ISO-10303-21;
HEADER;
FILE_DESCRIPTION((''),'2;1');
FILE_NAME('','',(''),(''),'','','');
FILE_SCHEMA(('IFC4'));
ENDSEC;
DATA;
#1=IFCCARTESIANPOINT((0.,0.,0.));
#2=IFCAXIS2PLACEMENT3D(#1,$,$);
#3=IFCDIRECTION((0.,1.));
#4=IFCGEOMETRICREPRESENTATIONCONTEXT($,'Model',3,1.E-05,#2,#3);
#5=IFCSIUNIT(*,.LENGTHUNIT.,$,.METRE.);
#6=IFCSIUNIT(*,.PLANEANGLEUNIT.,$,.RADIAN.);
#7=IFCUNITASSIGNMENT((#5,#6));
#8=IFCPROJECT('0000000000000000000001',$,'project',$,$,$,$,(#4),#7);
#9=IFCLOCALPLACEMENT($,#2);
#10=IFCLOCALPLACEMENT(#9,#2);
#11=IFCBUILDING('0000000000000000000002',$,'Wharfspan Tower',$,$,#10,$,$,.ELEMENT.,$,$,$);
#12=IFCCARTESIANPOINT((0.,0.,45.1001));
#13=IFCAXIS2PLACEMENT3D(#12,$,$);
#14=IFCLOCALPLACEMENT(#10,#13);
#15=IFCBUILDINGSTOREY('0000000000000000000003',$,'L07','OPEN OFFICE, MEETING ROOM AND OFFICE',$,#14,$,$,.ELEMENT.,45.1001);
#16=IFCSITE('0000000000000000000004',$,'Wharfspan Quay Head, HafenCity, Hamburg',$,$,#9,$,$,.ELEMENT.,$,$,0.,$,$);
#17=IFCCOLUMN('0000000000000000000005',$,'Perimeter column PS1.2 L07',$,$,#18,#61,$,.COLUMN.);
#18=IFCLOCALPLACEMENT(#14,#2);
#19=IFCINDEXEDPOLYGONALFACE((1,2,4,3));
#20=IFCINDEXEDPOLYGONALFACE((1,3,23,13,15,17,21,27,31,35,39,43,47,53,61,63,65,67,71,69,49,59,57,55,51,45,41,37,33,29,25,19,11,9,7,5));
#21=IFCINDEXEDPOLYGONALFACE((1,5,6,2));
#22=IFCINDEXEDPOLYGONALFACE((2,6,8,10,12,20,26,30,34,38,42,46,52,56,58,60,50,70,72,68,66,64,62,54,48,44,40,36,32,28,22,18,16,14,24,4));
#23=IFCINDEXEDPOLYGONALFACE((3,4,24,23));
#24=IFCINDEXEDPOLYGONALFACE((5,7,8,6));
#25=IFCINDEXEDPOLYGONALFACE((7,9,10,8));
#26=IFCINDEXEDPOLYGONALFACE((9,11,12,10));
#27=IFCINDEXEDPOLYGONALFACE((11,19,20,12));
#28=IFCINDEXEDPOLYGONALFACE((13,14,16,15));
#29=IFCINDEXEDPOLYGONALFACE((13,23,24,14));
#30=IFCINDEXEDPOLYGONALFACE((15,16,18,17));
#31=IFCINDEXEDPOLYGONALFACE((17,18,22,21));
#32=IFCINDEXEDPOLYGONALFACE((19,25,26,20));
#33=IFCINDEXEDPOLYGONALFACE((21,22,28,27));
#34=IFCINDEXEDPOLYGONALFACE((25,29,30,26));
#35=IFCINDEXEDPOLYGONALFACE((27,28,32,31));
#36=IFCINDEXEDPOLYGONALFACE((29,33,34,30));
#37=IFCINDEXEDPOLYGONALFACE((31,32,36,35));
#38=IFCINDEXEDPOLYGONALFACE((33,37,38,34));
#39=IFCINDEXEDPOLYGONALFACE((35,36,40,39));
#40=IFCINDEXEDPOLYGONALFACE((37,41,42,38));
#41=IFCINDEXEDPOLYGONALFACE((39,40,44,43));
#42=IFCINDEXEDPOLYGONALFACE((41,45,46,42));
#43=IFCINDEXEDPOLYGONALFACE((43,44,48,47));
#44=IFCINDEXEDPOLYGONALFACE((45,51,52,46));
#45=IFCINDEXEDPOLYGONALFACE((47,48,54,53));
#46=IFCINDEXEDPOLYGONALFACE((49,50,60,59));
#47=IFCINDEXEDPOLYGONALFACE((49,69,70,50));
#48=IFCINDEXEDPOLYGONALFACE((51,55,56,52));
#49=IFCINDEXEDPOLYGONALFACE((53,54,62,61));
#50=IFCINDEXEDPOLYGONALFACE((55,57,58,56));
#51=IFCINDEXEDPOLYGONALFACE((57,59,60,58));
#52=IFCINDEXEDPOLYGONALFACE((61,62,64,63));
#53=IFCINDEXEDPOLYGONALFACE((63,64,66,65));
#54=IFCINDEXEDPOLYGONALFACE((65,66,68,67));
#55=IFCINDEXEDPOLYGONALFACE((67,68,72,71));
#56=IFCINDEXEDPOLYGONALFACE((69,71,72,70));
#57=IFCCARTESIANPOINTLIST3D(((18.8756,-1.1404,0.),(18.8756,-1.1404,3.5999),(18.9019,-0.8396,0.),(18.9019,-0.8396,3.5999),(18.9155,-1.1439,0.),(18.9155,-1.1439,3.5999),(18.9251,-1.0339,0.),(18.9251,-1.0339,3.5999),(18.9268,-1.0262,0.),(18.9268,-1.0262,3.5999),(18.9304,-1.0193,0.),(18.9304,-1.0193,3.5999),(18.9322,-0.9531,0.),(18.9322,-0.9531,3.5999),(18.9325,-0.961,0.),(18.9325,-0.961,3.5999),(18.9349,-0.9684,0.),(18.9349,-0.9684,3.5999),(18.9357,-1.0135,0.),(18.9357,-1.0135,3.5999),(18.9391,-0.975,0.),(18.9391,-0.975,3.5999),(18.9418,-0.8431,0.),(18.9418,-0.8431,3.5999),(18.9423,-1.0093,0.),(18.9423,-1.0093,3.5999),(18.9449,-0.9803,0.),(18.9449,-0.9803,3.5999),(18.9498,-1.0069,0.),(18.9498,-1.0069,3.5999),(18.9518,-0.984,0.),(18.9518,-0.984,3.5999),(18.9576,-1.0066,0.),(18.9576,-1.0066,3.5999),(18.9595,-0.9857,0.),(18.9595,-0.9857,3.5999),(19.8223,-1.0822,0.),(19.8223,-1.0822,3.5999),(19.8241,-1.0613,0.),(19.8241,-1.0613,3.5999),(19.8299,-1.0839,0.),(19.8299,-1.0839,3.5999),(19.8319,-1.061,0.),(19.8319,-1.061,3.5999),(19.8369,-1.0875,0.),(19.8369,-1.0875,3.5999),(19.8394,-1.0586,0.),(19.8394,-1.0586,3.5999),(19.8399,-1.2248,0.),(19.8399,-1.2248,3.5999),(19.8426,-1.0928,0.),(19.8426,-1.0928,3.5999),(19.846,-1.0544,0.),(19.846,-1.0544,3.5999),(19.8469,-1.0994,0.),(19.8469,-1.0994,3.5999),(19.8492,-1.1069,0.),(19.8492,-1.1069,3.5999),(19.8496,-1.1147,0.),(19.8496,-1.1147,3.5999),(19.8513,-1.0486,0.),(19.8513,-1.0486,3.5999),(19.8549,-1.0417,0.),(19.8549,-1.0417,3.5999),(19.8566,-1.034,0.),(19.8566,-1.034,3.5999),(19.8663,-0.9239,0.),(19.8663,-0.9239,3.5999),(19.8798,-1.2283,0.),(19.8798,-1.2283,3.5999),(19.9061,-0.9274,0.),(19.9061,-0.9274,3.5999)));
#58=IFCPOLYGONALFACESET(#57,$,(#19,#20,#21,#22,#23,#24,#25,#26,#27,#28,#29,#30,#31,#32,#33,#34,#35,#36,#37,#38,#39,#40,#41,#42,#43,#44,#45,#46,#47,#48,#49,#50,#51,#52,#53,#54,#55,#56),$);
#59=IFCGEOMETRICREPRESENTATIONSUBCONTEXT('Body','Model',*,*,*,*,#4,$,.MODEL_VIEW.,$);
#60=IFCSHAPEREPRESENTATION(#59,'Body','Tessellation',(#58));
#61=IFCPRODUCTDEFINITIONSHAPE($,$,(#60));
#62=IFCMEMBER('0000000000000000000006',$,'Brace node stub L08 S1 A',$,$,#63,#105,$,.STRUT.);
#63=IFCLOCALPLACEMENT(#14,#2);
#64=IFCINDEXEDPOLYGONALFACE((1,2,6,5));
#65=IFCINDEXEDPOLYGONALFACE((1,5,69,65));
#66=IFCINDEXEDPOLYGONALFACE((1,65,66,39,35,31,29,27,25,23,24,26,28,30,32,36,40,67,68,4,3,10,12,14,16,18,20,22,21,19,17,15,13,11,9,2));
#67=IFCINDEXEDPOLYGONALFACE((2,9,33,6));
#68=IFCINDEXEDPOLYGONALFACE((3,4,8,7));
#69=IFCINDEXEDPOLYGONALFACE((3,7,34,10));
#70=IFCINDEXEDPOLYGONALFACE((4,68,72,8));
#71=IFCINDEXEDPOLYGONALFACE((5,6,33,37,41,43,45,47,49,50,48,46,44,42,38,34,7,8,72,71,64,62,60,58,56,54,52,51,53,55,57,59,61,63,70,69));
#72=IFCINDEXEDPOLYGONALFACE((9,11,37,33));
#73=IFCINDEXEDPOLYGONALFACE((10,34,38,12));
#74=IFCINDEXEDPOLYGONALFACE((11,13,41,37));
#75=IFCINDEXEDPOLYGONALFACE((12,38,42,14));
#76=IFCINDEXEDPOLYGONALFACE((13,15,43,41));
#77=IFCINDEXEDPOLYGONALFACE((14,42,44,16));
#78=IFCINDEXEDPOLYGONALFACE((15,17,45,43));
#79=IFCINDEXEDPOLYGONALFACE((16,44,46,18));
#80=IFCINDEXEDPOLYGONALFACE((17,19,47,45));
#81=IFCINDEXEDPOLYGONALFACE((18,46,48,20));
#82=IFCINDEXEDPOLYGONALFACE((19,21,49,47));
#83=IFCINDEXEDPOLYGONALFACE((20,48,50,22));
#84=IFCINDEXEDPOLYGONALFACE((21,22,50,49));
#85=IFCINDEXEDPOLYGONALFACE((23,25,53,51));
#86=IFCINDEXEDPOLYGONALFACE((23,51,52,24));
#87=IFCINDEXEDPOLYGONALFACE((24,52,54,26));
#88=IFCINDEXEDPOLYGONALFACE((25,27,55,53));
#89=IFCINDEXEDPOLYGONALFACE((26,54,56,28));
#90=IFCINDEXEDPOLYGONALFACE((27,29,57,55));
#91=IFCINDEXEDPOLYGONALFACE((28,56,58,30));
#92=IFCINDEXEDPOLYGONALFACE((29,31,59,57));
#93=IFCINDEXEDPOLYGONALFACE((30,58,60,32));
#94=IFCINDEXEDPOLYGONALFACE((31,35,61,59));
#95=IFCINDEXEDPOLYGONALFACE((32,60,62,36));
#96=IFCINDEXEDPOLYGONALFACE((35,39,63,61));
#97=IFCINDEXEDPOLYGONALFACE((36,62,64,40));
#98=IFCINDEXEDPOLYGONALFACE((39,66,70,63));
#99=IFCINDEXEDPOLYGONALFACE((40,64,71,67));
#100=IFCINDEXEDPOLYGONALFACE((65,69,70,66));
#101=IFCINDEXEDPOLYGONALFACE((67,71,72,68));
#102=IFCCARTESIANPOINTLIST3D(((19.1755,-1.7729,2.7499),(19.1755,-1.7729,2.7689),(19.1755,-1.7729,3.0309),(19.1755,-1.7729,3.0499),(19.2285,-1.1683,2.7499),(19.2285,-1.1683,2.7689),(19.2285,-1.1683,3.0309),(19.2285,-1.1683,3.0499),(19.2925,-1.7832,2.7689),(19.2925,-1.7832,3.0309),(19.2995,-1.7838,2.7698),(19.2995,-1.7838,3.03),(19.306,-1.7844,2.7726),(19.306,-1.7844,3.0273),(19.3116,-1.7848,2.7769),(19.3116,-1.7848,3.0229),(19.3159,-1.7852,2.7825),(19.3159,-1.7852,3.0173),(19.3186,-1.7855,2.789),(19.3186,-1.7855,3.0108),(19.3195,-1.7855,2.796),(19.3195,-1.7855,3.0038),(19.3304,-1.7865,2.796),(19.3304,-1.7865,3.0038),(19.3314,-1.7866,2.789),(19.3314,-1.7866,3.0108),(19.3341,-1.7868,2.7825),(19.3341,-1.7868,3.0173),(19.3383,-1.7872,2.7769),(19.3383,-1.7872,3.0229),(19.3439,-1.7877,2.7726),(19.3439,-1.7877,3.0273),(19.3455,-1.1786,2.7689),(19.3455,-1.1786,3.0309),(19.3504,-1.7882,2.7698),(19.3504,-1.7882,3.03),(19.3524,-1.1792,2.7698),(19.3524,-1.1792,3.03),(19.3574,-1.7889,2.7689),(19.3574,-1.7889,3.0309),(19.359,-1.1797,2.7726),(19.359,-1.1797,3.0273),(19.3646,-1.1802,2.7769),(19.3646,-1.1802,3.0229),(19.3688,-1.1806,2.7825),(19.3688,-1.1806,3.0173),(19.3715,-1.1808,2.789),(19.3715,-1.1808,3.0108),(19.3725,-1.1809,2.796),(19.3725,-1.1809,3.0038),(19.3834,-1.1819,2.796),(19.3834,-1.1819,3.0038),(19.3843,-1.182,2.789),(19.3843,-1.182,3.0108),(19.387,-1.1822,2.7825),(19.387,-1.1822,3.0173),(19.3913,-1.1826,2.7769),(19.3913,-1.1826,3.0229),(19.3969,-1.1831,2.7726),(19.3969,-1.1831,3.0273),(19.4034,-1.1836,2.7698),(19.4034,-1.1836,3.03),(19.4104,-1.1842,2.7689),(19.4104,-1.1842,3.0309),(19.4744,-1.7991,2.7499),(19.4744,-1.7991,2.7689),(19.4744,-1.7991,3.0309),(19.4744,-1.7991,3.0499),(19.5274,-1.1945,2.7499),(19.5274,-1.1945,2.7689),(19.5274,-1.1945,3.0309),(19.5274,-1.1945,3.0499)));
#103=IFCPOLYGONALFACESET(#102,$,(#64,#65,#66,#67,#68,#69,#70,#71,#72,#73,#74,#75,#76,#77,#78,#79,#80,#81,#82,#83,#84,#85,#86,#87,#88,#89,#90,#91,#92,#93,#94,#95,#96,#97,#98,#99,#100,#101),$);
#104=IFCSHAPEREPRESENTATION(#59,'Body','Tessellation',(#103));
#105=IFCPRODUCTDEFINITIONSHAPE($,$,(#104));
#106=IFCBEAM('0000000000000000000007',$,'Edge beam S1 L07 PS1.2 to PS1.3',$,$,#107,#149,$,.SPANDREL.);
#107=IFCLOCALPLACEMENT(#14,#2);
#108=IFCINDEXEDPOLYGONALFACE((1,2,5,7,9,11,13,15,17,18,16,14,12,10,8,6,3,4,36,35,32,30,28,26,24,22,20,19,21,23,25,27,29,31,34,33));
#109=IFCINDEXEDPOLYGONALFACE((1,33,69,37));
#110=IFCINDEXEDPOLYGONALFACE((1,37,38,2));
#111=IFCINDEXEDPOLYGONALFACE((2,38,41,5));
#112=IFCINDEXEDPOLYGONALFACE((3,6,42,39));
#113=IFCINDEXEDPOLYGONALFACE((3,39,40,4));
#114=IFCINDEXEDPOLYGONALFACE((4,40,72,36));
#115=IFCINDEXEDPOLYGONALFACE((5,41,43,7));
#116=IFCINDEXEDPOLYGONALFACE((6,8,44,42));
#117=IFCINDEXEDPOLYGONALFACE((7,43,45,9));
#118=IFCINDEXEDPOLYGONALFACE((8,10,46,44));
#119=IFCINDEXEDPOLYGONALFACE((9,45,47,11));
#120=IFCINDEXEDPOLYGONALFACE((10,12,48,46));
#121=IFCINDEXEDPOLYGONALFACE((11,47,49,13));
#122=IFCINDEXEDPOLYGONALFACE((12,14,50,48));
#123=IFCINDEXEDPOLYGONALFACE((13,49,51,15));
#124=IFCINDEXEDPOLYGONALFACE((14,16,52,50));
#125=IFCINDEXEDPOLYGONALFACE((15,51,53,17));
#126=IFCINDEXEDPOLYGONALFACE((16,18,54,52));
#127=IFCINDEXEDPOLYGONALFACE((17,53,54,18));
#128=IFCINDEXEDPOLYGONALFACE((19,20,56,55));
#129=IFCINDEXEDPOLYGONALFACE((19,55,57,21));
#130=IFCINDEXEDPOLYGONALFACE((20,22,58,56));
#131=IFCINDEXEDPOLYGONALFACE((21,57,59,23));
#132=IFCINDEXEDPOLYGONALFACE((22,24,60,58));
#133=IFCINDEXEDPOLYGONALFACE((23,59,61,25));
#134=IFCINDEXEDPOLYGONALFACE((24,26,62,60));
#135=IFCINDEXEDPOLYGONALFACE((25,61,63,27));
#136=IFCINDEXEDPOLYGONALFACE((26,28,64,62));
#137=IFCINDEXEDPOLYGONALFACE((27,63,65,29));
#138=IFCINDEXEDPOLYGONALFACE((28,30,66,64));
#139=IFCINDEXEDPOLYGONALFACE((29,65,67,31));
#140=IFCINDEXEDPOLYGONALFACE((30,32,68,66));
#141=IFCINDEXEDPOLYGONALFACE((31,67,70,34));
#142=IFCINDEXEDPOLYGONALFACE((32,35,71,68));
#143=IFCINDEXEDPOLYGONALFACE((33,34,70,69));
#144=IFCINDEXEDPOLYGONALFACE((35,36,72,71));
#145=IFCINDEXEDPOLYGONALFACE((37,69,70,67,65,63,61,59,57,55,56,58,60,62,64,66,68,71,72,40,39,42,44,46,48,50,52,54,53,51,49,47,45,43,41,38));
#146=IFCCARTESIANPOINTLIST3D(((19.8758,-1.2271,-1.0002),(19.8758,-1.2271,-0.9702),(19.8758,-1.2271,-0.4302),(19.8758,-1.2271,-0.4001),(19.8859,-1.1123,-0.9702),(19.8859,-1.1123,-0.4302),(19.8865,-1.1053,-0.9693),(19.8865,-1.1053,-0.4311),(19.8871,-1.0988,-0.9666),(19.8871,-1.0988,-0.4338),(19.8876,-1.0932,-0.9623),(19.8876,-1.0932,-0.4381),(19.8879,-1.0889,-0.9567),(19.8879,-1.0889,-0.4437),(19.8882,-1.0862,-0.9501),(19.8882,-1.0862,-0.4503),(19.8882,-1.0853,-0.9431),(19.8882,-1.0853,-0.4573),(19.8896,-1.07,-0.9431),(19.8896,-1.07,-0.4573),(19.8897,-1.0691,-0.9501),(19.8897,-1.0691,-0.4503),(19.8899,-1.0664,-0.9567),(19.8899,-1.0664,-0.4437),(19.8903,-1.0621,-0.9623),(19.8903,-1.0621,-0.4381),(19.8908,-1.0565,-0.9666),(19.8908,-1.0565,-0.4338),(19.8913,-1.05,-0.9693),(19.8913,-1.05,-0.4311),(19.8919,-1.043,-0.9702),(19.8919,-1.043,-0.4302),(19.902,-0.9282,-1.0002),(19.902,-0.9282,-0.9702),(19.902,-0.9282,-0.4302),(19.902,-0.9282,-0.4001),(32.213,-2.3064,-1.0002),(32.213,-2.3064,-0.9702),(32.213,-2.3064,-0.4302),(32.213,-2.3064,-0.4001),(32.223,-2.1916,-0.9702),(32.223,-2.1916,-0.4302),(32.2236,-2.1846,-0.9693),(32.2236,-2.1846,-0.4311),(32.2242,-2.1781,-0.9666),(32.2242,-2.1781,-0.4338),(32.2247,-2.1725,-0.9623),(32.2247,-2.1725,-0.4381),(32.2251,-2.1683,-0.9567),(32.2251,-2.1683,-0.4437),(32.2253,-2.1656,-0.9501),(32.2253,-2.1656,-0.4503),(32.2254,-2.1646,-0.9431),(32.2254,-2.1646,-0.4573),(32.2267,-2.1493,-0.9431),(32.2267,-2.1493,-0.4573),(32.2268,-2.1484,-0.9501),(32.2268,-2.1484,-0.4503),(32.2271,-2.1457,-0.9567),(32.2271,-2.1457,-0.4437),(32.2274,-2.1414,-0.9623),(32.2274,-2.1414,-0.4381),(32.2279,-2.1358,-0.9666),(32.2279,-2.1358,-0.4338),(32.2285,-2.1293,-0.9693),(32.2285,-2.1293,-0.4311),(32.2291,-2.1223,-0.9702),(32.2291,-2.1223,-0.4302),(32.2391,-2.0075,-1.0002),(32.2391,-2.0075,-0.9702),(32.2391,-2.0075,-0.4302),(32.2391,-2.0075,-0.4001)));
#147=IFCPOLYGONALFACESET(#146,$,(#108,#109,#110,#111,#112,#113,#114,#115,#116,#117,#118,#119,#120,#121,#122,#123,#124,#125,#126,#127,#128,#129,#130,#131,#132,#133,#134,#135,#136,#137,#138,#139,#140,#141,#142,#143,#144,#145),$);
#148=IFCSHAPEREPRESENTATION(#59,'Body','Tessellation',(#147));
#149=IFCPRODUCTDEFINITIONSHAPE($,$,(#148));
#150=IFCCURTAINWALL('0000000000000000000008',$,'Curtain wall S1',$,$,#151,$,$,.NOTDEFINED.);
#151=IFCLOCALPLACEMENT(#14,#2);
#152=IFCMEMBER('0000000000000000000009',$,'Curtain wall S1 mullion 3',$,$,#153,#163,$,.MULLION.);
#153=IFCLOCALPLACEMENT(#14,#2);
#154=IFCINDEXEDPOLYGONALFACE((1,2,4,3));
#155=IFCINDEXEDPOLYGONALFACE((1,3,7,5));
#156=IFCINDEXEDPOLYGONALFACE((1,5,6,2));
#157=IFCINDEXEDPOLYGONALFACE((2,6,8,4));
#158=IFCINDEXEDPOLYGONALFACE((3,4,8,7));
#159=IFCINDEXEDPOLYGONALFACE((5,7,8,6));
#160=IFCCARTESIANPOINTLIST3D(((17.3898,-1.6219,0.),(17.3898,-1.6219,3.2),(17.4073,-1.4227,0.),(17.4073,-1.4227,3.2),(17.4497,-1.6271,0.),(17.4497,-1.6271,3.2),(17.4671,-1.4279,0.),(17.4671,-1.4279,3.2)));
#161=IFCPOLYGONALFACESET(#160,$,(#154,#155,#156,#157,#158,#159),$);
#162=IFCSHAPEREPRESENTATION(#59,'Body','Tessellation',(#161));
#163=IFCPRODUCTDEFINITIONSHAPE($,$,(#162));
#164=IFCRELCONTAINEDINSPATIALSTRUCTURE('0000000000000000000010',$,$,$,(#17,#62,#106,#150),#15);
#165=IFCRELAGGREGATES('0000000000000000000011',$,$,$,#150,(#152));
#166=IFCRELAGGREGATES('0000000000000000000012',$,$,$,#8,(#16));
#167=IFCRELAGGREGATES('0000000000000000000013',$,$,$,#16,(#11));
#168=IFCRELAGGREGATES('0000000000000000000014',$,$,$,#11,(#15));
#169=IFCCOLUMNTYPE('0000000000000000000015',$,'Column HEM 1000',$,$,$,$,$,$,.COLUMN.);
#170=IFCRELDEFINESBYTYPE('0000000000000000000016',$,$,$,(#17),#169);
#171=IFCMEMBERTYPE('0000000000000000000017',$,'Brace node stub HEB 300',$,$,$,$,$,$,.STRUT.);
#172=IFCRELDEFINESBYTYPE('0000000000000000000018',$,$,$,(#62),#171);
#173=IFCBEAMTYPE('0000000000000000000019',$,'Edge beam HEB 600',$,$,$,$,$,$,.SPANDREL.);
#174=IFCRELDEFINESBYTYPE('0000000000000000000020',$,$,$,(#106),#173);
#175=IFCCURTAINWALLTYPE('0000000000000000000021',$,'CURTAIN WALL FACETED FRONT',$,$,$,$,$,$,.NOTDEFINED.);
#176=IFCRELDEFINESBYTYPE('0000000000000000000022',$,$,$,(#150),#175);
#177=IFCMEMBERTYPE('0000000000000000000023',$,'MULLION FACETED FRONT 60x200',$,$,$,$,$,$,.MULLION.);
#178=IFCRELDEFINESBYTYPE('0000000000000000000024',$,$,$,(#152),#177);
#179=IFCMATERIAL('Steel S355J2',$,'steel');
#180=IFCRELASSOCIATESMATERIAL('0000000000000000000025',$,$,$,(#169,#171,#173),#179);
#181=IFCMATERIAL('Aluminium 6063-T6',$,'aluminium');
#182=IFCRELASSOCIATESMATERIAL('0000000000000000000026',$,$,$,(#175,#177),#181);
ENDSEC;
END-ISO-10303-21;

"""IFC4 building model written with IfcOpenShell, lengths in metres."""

from ifc_helpers import new_model, si_unit, direction, frame, origin, origin_2d, place, context, subcontext, project, spatial, rectangle, i_section, extrude, material, material_profile, profile_set, type_object, element, aggregate, save


model = new_model("IFC4")

# Units and contexts
model_context = context("Model", 3, precision=1e-05, world=origin(), true_north=direction((0.0, 1.0)))
body_context = subcontext(model_context, "Body", "Model", "MODEL_VIEW")
ifc_project = project(units=[si_unit("LENGTHUNIT", "METRE"), si_unit("PLANEANGLEUNIT", "RADIAN")], contexts=[model_context])

# Site, building, storey
site_placement = place(None, origin())
site = spatial("IfcSite", under=ifc_project, at=site_placement, Name="Wharfspan Quay Head, HafenCity, Hamburg", CompositionType="ELEMENT", RefElevation=0.0)
building_placement = place(site_placement, origin())
building = spatial("IfcBuilding", under=site, at=building_placement, Name="Wharfspan Tower", CompositionType="ELEMENT")
storey_placement = place(building_placement, frame((0.0, 0.0, 45.1001)))
storey = spatial("IfcBuildingStorey", under=building, at=storey_placement, Name="L07", Description="OPEN OFFICE, MEETING ROOM AND OFFICE", CompositionType="ELEMENT", Elevation=45.1001)

# Column
ifc_material_1 = material(Name="Steel S355J2", Category="steel")
ifc_material_profile_1 = material_profile(ifc_material_1, i_section(OverallWidth=0.302, OverallDepth=1.0081, WebThickness=0.021, FlangeThickness=0.04, FilletRadius=0.03, at=origin_2d()))
ifc_profile_set_1 = profile_set([ifc_material_profile_1], Name="Steel S355J2")
column_type = type_object("IfcColumnType", Name="Column HEM 1000", PredefinedType="COLUMN", material=ifc_profile_set_1)
column_placement = place(storey_placement, frame((19.3909, -1.0339, 0.0), z_axis=(0.0, 0.0, 1.0), x_axis=(-0.087156, -0.996198, 0.0)))
element("IfcColumn", 1, at=column_placement, inside=storey, type_object=column_type, Name="Perimeter column PS1.2 L07", PredefinedType="COLUMN", context=body_context, shape_type="SweptSolid", body=[
    extrude(i_section(OverallWidth=0.302, OverallDepth=1.0081, WebThickness=0.021, FlangeThickness=0.04, FilletRadius=0.03, at=origin_2d()), origin(), (0.0, 0.0, 1.0), 3.5999),
])

# Member
ifc_material_profile_2 = material_profile(ifc_material_1, i_section(OverallWidth=0.3, OverallDepth=0.3, WebThickness=0.011, FlangeThickness=0.019, FilletRadius=0.0271, at=origin_2d()))
ifc_profile_set_2 = profile_set([ifc_material_profile_2], Name="Steel S355J2")
member_type_1 = type_object("IfcMemberType", Name="Brace node stub HEB 300", PredefinedType="STRUT", material=ifc_profile_set_2)
member_1_placement = place(storey_placement, frame((19.3779, -1.1814, 2.8999), z_axis=(-0.087272, -0.996185, 0.0), x_axis=(0.996185, -0.087272, 0.0)))
element("IfcMember", 2, at=member_1_placement, inside=storey, type_object=member_type_1, Name="Brace node stub L08 S1 A", PredefinedType="STRUT", context=body_context, shape_type="SweptSolid", body=[
    extrude(i_section(OverallWidth=0.3, OverallDepth=0.3, WebThickness=0.011, FlangeThickness=0.019, FilletRadius=0.0271, at=origin_2d()), origin(), (0.0, 0.0, 1.0), 0.6069),
])

# Beam
ifc_material_profile_3 = material_profile(ifc_material_1, i_section(OverallWidth=0.3, OverallDepth=0.6001, WebThickness=0.0154, FlangeThickness=0.03, FilletRadius=0.0271, at=origin_2d()))
ifc_profile_set_3 = profile_set([ifc_material_profile_3], Name="Steel S355J2")
beam_type = type_object("IfcBeamType", Name="Edge beam HEB 600", PredefinedType="SPANDREL", material=ifc_profile_set_3)
beam_placement = place(storey_placement, frame((19.8889, -1.0776, -0.7002), z_axis=(0.996195, -0.087154, 0.0), x_axis=(0.087154, 0.996195, 0.0)))
element("IfcBeam", 3, at=beam_placement, inside=storey, type_object=beam_type, Name="Edge beam S1 L07 PS1.2 to PS1.3", PredefinedType="SPANDREL", context=body_context, shape_type="SweptSolid", body=[
    extrude(i_section(OverallWidth=0.3, OverallDepth=0.6001, WebThickness=0.0154, FlangeThickness=0.03, FilletRadius=0.0271, at=origin_2d()), origin(), (0.0, 0.0, 1.0), 12.3843),
])

# Curtain wall, member
ifc_material_2 = material(Name="Aluminium 6063-T6", Category="aluminium")
curtain_wall_type = type_object("IfcCurtainWallType", Name="CURTAIN WALL FACETED FRONT", PredefinedType="NOTDEFINED", material=ifc_material_2)
curtain_wall_placement = place(storey_placement, origin())
curtain_wall = element("IfcCurtainWall", 4, at=curtain_wall_placement, inside=storey, type_object=curtain_wall_type, Name="Curtain wall S1", PredefinedType="NOTDEFINED")
ifc_material_profile_4 = material_profile(ifc_material_2, rectangle(XDim=0.2, YDim=0.0601, at=origin_2d()))
ifc_profile_set_4 = profile_set([ifc_material_profile_4], Name="Aluminium 6063-T6")
member_type_2 = type_object("IfcMemberType", Name="MULLION FACETED FRONT 60x200", PredefinedType="MULLION", material=ifc_profile_set_4)
member_2_placement = place(storey_placement, frame((17.4285, -1.5249, 0.0), z_axis=(0.0, 0.0, 1.0), x_axis=(0.087156, 0.996197, 0.0)))
member_2 = element("IfcMember", 5, at=member_2_placement, type_object=member_type_2, Name="Curtain wall S1 mullion 3", PredefinedType="MULLION", context=body_context, shape_type="SweptSolid", body=[
    extrude(rectangle(XDim=0.2, YDim=0.0601, at=origin_2d()), origin(), (0.0, 0.0, 1.0), 3.2),
])

aggregate(curtain_wall, [member_2])

save(model, "model.ifc")
